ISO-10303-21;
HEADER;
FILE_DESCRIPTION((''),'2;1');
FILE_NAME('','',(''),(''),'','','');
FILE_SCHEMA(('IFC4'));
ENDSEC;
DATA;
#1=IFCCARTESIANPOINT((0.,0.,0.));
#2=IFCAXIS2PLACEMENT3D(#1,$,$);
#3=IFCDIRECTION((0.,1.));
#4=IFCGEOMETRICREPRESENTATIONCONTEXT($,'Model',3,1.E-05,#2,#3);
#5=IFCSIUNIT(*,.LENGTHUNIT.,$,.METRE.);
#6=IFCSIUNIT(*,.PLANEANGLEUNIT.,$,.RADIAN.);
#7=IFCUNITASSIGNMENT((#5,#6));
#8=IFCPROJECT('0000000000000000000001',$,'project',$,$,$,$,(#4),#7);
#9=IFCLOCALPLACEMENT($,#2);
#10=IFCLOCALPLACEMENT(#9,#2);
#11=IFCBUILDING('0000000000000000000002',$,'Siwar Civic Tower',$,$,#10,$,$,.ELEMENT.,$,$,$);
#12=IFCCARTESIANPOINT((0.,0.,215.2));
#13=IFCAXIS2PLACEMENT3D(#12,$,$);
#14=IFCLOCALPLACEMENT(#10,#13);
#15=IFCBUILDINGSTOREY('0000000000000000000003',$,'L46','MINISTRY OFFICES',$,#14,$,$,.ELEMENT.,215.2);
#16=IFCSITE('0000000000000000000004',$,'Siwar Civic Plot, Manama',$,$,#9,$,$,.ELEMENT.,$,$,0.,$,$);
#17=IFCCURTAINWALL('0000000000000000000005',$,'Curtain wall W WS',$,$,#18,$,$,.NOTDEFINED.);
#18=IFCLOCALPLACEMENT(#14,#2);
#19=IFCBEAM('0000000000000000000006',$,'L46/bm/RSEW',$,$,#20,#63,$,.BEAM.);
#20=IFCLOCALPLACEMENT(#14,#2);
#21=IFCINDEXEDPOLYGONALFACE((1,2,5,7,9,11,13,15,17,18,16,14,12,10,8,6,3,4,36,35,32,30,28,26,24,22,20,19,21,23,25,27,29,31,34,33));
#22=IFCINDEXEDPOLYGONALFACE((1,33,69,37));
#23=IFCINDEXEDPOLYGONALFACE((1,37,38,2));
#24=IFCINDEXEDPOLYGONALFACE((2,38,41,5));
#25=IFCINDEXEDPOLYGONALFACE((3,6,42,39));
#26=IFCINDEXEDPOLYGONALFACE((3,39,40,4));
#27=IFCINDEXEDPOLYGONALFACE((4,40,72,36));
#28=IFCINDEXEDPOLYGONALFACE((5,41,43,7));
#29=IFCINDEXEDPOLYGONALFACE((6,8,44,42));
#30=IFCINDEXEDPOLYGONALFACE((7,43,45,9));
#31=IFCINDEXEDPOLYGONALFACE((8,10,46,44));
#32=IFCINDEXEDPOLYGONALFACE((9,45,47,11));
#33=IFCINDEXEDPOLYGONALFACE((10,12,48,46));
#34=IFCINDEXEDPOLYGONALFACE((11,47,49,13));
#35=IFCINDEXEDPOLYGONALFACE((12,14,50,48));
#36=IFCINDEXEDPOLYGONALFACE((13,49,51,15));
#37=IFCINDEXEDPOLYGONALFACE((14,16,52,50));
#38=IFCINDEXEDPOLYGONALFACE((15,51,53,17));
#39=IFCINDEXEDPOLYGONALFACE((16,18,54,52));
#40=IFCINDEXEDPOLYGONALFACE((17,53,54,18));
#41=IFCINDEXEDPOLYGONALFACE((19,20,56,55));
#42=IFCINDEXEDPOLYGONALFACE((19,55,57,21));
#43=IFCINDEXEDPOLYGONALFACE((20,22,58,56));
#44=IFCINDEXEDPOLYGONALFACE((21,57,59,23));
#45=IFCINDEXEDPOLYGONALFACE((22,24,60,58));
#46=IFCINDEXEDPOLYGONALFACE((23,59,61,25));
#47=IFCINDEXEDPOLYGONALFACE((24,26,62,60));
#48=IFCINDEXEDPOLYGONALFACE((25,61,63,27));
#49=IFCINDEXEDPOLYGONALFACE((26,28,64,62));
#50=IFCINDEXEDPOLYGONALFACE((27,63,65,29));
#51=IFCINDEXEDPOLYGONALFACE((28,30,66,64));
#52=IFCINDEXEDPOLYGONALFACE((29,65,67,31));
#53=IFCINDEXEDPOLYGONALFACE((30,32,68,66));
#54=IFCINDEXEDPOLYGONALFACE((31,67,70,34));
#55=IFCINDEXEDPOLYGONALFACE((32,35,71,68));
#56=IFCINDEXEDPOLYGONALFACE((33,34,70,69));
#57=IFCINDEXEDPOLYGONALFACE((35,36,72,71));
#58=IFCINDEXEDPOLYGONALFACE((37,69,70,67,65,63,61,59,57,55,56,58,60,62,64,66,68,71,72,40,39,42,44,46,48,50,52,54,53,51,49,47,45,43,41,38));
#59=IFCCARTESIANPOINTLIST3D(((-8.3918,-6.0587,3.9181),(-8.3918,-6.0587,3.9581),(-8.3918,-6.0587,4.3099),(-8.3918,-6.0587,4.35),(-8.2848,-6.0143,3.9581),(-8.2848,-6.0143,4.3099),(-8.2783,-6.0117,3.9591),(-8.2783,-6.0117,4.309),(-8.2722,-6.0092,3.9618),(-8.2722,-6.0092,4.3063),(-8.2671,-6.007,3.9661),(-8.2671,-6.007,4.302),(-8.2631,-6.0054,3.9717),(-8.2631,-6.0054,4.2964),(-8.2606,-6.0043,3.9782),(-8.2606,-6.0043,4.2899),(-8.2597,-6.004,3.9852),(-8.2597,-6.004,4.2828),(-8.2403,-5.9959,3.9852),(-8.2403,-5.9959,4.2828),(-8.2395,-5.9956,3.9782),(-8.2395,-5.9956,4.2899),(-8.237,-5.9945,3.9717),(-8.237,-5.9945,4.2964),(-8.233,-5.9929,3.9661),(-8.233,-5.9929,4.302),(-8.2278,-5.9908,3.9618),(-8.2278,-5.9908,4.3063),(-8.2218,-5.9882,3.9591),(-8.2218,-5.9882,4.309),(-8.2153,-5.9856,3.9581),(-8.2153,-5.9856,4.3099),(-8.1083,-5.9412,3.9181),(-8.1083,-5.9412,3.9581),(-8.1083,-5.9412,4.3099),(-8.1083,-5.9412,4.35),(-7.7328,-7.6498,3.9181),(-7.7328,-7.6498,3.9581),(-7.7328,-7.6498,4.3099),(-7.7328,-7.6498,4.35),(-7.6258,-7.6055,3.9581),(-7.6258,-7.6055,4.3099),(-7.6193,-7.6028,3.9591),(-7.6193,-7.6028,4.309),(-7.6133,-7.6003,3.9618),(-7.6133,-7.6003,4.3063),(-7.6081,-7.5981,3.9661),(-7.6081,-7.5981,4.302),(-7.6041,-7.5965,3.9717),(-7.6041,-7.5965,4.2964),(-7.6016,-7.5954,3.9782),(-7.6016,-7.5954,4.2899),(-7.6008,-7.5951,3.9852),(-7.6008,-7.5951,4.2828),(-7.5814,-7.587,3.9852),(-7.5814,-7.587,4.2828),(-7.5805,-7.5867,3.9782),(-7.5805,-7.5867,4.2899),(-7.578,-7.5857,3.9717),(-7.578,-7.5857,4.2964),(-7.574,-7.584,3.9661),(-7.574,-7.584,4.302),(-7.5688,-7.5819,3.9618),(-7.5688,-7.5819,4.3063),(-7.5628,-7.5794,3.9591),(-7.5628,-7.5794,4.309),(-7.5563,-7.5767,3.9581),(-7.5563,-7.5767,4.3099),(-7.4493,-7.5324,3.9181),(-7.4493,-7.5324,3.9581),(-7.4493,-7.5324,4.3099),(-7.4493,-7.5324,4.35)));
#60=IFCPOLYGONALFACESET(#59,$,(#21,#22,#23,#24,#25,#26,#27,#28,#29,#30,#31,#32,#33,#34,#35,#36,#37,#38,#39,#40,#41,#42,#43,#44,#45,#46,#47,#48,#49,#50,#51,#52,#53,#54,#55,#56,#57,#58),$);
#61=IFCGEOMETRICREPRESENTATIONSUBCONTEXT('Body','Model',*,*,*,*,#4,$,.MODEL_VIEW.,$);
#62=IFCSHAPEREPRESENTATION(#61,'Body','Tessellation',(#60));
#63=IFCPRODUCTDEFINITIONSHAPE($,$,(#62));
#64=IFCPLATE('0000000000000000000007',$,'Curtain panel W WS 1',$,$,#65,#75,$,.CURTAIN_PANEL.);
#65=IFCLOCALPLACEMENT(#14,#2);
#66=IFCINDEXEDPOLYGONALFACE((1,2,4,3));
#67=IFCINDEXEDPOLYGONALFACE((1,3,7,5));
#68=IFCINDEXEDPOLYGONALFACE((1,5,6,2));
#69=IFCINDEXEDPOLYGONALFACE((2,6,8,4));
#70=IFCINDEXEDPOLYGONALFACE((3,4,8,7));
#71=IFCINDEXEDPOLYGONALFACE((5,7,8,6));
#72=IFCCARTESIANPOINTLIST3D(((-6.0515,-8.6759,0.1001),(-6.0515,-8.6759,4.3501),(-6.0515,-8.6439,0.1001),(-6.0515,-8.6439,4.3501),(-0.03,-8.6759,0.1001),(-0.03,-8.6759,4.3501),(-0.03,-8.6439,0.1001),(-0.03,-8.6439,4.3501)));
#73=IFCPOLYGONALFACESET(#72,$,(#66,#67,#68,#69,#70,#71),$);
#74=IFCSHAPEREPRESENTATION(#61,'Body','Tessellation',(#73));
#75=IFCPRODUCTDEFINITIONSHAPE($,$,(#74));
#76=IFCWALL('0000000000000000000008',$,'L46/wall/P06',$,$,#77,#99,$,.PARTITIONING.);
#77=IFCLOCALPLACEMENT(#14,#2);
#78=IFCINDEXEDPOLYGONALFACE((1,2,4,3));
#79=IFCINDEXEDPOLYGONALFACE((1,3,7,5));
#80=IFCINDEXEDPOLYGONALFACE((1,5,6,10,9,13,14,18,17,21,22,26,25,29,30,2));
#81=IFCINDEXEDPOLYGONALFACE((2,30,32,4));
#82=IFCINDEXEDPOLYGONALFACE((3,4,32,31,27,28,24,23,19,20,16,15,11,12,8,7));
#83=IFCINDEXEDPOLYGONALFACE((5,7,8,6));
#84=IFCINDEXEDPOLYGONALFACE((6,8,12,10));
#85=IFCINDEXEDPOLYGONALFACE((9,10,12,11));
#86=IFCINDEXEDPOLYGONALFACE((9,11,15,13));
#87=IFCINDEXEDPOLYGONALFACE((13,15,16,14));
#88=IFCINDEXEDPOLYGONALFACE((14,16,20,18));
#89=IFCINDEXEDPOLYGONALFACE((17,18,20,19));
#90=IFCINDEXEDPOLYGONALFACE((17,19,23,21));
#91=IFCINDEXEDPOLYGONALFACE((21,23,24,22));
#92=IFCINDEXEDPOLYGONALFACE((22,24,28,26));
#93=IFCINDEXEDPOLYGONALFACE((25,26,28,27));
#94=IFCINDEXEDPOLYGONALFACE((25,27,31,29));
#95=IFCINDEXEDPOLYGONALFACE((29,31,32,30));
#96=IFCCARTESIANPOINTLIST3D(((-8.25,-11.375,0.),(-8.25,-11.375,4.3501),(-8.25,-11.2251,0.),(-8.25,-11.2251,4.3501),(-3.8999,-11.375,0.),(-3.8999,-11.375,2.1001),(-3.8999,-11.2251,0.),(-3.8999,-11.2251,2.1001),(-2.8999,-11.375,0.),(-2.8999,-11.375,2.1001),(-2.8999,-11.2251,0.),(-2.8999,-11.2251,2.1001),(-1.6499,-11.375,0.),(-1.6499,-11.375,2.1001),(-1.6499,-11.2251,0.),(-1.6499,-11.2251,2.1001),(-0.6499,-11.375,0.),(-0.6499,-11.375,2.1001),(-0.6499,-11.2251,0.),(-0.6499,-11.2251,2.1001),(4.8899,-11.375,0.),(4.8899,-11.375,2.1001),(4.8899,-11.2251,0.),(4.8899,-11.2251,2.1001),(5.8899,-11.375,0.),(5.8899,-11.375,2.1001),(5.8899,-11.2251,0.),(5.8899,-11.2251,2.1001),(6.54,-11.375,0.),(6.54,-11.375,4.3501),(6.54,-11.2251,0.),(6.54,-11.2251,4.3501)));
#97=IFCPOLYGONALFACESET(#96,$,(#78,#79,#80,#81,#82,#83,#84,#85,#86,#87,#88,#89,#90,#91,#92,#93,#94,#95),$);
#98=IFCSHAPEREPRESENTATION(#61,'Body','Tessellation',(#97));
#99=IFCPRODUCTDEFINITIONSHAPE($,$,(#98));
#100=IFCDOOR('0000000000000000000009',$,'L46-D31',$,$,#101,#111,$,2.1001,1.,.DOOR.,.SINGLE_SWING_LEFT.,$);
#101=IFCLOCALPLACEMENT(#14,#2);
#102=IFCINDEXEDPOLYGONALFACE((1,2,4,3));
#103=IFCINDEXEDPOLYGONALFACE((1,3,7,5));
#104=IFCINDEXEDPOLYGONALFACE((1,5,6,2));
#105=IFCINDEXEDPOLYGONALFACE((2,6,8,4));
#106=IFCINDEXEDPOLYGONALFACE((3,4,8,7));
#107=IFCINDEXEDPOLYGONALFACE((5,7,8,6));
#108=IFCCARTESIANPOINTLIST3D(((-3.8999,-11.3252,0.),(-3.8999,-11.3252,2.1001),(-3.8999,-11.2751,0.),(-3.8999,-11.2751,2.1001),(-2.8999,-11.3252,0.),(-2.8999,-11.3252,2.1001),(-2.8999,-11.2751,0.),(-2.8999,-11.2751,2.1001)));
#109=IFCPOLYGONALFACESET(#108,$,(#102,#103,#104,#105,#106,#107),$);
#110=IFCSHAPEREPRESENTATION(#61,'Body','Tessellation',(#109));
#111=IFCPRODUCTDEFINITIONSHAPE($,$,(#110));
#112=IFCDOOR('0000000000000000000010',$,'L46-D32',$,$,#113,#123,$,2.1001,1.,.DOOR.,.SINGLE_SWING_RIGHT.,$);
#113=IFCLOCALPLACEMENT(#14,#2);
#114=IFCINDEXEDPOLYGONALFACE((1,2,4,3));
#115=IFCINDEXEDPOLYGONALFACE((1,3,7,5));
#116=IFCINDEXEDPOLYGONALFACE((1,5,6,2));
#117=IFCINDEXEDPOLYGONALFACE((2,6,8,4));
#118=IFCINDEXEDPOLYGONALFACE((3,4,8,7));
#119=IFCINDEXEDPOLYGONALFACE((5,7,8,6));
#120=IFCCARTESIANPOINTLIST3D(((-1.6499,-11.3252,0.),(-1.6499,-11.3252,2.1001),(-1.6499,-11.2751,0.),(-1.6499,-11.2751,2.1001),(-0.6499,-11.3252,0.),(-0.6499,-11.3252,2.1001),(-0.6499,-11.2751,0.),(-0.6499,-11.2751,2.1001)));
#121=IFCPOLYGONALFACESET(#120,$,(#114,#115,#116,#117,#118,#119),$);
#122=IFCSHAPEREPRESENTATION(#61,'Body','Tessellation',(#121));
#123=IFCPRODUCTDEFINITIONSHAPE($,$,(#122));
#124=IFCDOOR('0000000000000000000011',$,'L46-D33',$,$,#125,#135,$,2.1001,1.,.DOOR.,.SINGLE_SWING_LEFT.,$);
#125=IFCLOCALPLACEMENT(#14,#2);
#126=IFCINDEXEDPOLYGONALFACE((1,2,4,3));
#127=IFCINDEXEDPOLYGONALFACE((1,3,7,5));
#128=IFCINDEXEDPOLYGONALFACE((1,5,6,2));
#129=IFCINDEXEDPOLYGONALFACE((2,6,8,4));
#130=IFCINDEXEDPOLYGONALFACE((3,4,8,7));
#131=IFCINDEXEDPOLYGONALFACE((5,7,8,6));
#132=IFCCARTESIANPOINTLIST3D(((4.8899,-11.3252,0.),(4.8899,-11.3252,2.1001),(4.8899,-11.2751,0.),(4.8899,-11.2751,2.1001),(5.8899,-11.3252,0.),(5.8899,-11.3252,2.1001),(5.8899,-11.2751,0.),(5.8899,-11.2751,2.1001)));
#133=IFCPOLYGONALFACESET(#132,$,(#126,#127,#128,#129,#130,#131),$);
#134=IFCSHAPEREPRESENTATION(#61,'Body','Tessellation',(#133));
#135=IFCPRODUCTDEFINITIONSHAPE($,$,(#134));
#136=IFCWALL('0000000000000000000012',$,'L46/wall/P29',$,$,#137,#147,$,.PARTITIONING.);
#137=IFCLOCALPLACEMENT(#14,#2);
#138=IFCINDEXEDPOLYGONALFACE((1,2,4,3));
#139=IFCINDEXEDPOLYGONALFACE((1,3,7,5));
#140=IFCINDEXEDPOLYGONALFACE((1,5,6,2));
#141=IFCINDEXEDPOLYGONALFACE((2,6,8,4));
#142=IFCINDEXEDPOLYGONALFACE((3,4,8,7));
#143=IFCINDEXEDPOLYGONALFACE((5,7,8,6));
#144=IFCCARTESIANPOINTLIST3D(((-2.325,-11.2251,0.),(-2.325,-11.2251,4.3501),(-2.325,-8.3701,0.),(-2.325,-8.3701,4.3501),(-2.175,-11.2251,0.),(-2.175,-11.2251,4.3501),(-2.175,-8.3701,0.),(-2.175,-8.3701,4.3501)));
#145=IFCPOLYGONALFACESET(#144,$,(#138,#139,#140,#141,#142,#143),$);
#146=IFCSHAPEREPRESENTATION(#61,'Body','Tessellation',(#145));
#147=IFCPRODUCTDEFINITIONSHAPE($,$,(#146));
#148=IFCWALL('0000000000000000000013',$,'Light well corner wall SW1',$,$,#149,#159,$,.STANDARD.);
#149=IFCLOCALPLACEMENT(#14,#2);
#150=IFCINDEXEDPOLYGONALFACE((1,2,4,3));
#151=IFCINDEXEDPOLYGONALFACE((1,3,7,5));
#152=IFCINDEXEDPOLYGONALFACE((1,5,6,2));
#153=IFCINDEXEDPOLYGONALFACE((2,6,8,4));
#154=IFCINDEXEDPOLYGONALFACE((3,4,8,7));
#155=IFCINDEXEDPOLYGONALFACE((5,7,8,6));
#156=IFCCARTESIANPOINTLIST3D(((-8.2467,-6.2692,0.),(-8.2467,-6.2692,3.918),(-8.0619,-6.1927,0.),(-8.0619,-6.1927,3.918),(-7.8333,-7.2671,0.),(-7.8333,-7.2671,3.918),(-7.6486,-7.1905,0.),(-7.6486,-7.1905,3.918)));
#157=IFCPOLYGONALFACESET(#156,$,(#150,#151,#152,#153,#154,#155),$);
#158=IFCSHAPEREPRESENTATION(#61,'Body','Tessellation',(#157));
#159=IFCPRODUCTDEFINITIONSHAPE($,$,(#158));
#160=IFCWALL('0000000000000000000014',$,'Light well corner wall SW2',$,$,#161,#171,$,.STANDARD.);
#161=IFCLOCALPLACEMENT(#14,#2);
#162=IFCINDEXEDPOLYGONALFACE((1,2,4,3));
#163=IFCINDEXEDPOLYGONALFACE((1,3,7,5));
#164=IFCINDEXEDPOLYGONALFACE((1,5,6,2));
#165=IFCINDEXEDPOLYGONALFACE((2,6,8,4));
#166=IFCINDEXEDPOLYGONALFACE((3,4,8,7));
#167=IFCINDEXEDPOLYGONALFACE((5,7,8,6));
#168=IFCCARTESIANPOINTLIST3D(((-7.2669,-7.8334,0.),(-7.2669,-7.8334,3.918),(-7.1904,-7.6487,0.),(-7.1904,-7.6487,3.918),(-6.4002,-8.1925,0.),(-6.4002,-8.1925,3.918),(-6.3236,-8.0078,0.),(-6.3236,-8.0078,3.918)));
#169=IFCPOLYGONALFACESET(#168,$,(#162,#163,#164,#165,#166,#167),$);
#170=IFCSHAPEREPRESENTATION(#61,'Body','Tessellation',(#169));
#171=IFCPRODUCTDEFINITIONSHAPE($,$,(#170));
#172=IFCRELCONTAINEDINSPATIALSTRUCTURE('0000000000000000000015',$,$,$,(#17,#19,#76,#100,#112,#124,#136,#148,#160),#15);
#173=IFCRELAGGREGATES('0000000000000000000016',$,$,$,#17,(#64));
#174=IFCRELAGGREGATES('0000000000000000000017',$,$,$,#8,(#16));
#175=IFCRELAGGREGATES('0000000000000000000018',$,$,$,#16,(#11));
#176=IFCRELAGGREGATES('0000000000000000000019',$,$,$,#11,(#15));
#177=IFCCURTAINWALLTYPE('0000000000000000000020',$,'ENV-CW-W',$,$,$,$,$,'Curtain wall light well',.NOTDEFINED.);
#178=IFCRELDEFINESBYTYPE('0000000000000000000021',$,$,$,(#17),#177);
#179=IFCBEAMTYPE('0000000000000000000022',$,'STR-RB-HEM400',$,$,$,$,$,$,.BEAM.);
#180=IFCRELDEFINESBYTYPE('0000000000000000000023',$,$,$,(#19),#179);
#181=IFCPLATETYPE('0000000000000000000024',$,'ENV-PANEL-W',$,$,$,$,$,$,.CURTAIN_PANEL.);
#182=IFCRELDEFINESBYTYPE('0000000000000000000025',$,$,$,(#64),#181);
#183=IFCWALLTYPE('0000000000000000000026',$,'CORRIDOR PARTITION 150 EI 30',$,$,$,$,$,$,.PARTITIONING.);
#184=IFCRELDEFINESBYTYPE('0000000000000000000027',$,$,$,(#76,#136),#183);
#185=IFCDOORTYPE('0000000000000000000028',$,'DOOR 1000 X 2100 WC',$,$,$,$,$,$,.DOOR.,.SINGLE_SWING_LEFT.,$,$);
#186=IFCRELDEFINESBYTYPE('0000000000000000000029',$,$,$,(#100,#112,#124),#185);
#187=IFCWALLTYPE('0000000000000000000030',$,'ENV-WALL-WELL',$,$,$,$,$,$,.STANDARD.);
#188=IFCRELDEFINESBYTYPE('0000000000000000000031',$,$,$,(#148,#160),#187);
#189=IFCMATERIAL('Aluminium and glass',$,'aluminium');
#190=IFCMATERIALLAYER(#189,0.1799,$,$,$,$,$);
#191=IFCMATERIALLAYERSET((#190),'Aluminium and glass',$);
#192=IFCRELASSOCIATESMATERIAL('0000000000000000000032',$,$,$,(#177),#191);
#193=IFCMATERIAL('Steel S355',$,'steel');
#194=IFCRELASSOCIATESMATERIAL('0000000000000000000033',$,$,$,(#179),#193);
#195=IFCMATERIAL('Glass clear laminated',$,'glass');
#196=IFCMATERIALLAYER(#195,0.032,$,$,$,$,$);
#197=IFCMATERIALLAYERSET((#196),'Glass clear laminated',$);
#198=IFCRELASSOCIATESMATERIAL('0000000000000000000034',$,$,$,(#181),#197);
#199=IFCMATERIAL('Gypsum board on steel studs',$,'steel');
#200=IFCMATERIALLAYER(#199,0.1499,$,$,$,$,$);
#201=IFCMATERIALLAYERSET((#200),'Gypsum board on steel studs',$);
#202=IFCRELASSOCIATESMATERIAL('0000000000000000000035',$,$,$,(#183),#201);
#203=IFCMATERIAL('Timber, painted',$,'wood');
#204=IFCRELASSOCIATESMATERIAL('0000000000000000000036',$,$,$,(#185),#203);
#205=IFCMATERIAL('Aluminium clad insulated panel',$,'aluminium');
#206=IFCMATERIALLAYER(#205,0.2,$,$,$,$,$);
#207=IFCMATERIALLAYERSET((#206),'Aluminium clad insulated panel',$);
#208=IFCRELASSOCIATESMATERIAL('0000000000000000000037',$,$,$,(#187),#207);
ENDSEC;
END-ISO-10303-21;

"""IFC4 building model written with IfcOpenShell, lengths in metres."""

from ifc_helpers import new_model, si_unit, direction, frame, frame_2d, origin, origin_2d, place, context, subcontext, project, spatial, rectangle, i_section, extrude, material, layer, layer_set, material_profile, profile_set, type_object, element, fill, aggregate, save


model = new_model("IFC4")

# Units and contexts
model_context = context("Model", 3, precision=1e-05, world=origin(), true_north=direction((0.0, 1.0)))
body_context = subcontext(model_context, "Body", "Model", "MODEL_VIEW")
ifc_project = project(units=[si_unit("LENGTHUNIT", "METRE"), si_unit("PLANEANGLEUNIT", "RADIAN")], contexts=[model_context])

# Site, building, storey
site_placement = place(None, origin())
site = spatial("IfcSite", under=ifc_project, at=site_placement, Name="Siwar Civic Plot, Manama", CompositionType="ELEMENT", RefElevation=0.0)
building_placement = place(site_placement, origin())
building = spatial("IfcBuilding", under=site, at=building_placement, Name="Siwar Civic Tower", CompositionType="ELEMENT")
storey_placement = place(building_placement, frame((0.0, 0.0, 215.2)))
storey = spatial("IfcBuildingStorey", under=building, at=storey_placement, Name="L46", Description="MINISTRY OFFICES", CompositionType="ELEMENT", Elevation=215.2)

# Curtain wall
ifc_material_1 = material(Name="Aluminium and glass", Category="aluminium")
ifc_layer_1 = layer(ifc_material_1, 0.1799)
ifc_layer_set_1 = layer_set([ifc_layer_1], Name="Aluminium and glass")
curtain_wall_type = type_object("IfcCurtainWallType", Name="ENV-CW-W", ElementType="Curtain wall light well", PredefinedType="NOTDEFINED", material=ifc_layer_set_1)
curtain_wall_placement = place(storey_placement, origin())
curtain_wall = element("IfcCurtainWall", 1, at=curtain_wall_placement, inside=storey, type_object=curtain_wall_type, Name="Curtain wall W WS", PredefinedType="NOTDEFINED")

# Beam
ifc_material_2 = material(Name="Steel S355", Category="steel")
ifc_material_profile_1 = material_profile(ifc_material_2, i_section(OverallWidth=0.3069, OverallDepth=0.4319, WebThickness=0.021, FlangeThickness=0.04, FilletRadius=0.0271, at=origin_2d()), Name="HEM400")
ifc_profile_set_1 = profile_set([ifc_material_profile_1], Name="Steel S355")
beam_type = type_object("IfcBeamType", Name="STR-RB-HEM400", PredefinedType="BEAM", material=ifc_profile_set_1)
beam_1_placement = place(storey_placement, frame((-7.5911, -7.5911, 4.134), z_axis=(-0.382631, 0.923901, 0.0), x_axis=(-0.923901, -0.382631, 0.0)))
element("IfcBeam", 2, at=beam_1_placement, inside=storey, type_object=beam_type, Name="L46/bm/RSEW", PredefinedType="BEAM", context=body_context, shape_type="SweptSolid", body=[
    extrude(i_section(OverallWidth=0.3069, OverallDepth=0.4319, WebThickness=0.021, FlangeThickness=0.04, FilletRadius=0.0271, at=origin_2d()), origin(), (0.0, 0.0, 1.0), 1.7222),
])

# Plate
ifc_material_3 = material(Name="Glass clear laminated", Category="glass")
ifc_layer_2 = layer(ifc_material_3, 0.032)
ifc_layer_set_2 = layer_set([ifc_layer_2], Name="Glass clear laminated")
plate_type = type_object("IfcPlateType", Name="ENV-PANEL-W", PredefinedType="CURTAIN_PANEL", material=ifc_layer_set_2)
plate_placement = place(storey_placement, frame((-3.0408, -8.6599, 0.1001), z_axis=(0.0, 0.0, 1.0), x_axis=(1.0, 0.0, 0.0)))
plate = element("IfcPlate", 3, at=plate_placement, type_object=plate_type, Name="Curtain panel W WS 1", PredefinedType="CURTAIN_PANEL", context=body_context, shape_type="SweptSolid", body=[
    extrude(rectangle(XDim=6.0215, YDim=0.032, at=origin_2d()), origin(), (0.0, 0.0, 1.0), 4.25),
])
aggregate(curtain_wall, [plate])

# Wall, openings, doors
ifc_material_4 = material(Name="Gypsum board on steel studs", Category="steel")
ifc_layer_3 = layer(ifc_material_4, 0.1499)
ifc_layer_set_3 = layer_set([ifc_layer_3], Name="Gypsum board on steel studs")
wall_type_1 = type_object("IfcWallType", Name="CORRIDOR PARTITION 150 EI 30", PredefinedType="PARTITIONING", material=ifc_layer_set_3)
wall_1_placement = place(storey_placement, frame((-8.25, -11.3, 0.0), z_axis=(0.0, 0.0, 1.0), x_axis=(1.0, 0.0, 0.0)))
wall_1 = element("IfcWall", 4, at=wall_1_placement, inside=storey, type_object=wall_type_1, Name="L46/wall/P06", PredefinedType="PARTITIONING", context=body_context, shape_type="SweptSolid", body=[
    extrude(rectangle(XDim=14.79, YDim=0.1499, at=frame_2d((7.395, 0.0))), origin(), (0.0, 0.0, 1.0), 4.3501),
])
opening_1_placement = place(wall_1_placement, frame((4.3501, 0.0, 0.0)))
opening_1 = element("IfcOpeningElement", 5, at=opening_1_placement, cuts=wall_1, PredefinedType="OPENING", context=body_context, shape_type="SweptSolid", body=[
    extrude(rectangle(XDim=1.0, YDim=2.1001, at=frame_2d((0.5, 1.05))), frame((0.0, 0.085, 0.0), z_axis=(0.0, -1.0, 0.0), x_axis=(1.0, 0.0, 0.0)), (0.0, 0.0, 1.0), 0.1699),
])
opening_2_placement = place(wall_1_placement, frame((6.6001, 0.0, 0.0)))
opening_2 = element("IfcOpeningElement", 6, at=opening_2_placement, cuts=wall_1, PredefinedType="OPENING", context=body_context, shape_type="SweptSolid", body=[
    extrude(rectangle(XDim=1.0, YDim=2.1001, at=frame_2d((0.5, 1.05))), frame((0.0, 0.085, 0.0), z_axis=(0.0, -1.0, 0.0), x_axis=(1.0, 0.0, 0.0)), (0.0, 0.0, 1.0), 0.1699),
])
opening_3_placement = place(wall_1_placement, frame((13.1399, 0.0, 0.0)))
opening_3 = element("IfcOpeningElement", 7, at=opening_3_placement, cuts=wall_1, PredefinedType="OPENING", context=body_context, shape_type="SweptSolid", body=[
    extrude(rectangle(XDim=1.0, YDim=2.1001, at=frame_2d((0.5, 1.05))), frame((0.0, 0.085, 0.0), z_axis=(0.0, -1.0, 0.0), x_axis=(1.0, 0.0, 0.0)), (0.0, 0.0, 1.0), 0.1699),
])
ifc_material_5 = material(Name="Timber, painted", Category="wood")
door_type = type_object("IfcDoorType", Name="DOOR 1000 X 2100 WC", OperationType="SINGLE_SWING_LEFT", PredefinedType="DOOR", material=ifc_material_5)
door_1_placement = place(opening_1_placement, origin())
door_1 = element("IfcDoor", 8, at=door_1_placement, inside=storey, type_object=door_type, Name="L46-D31", OperationType="SINGLE_SWING_LEFT", OverallHeight=2.1001, OverallWidth=1.0, PredefinedType="DOOR", context=body_context, shape_type="SweptSolid", body=[
    extrude(rectangle(XDim=1.0, YDim=2.1001, at=frame_2d((0.5, 1.05))), frame((0.0, 0.0249, 0.0), z_axis=(0.0, -1.0, 0.0), x_axis=(1.0, 0.0, 0.0)), (0.0, 0.0, 1.0), 0.05),
])
fill(opening_1, door_1)
door_2_placement = place(opening_2_placement, origin())
door_2 = element("IfcDoor", 9, at=door_2_placement, inside=storey, type_object=door_type, Name="L46-D32", OperationType="SINGLE_SWING_RIGHT", OverallHeight=2.1001, OverallWidth=1.0, PredefinedType="DOOR", context=body_context, shape_type="SweptSolid", body=[
    extrude(rectangle(XDim=1.0, YDim=2.1001, at=frame_2d((0.5, 1.05))), frame((0.0, 0.0249, 0.0), z_axis=(0.0, -1.0, 0.0), x_axis=(1.0, 0.0, 0.0)), (0.0, 0.0, 1.0), 0.05),
])
fill(opening_2, door_2)
door_3_placement = place(opening_3_placement, origin())
door_3 = element("IfcDoor", 10, at=door_3_placement, inside=storey, type_object=door_type, Name="L46-D33", OperationType="SINGLE_SWING_LEFT", OverallHeight=2.1001, OverallWidth=1.0, PredefinedType="DOOR", context=body_context, shape_type="SweptSolid", body=[
    extrude(rectangle(XDim=1.0, YDim=2.1001, at=frame_2d((0.5, 1.05))), frame((0.0, 0.0249, 0.0), z_axis=(0.0, -1.0, 0.0), x_axis=(1.0, 0.0, 0.0)), (0.0, 0.0, 1.0), 0.05),
])
fill(opening_3, door_3)

# Walls
wall_2_placement = place(storey_placement, frame((-2.25, -11.2251, 0.0), z_axis=(0.0, 0.0, 1.0), x_axis=(0.0, 1.0, 0.0)))
element("IfcWall", 11, at=wall_2_placement, inside=storey, type_object=wall_type_1, Name="L46/wall/P29", PredefinedType="PARTITIONING", context=body_context, shape_type="SweptSolid", body=[
    extrude(rectangle(XDim=2.855, YDim=0.1499, at=frame_2d((1.4275, 0.0))), origin(), (0.0, 0.0, 1.0), 4.3501),
])
ifc_material_6 = material(Name="Aluminium clad insulated panel", Category="aluminium")
ifc_layer_4 = layer(ifc_material_6, 0.2)
ifc_layer_set_4 = layer_set([ifc_layer_4], Name="Aluminium clad insulated panel")
wall_type_2 = type_object("IfcWallType", Name="ENV-WALL-WELL", PredefinedType="STANDARD", material=ifc_layer_set_4)
wall_3_placement = place(storey_placement, frame((-8.1543, -6.231, 0.0), z_axis=(0.0, 0.0, 1.0), x_axis=(0.382704, -0.923871, 0.0)))
element("IfcWall", 12, at=wall_3_placement, inside=storey, type_object=wall_type_2, Name="Light well corner wall SW1", PredefinedType="STANDARD", context=body_context, shape_type="SweptSolid", body=[
    extrude(rectangle(XDim=1.0801, YDim=0.2, at=frame_2d((0.54, 0.0))), origin(), (0.0, 0.0, 1.0), 3.918),
])
wall_4_placement = place(storey_placement, frame((-7.2288, -7.741, 0.0), z_axis=(0.0, 0.0, 1.0), x_axis=(0.92383, -0.382804, 0.0)))
element("IfcWall", 13, at=wall_4_placement, inside=storey, type_object=wall_type_2, Name="Light well corner wall SW2", PredefinedType="STANDARD", context=body_context, shape_type="SweptSolid", body=[
    extrude(rectangle(XDim=0.9382, YDim=0.2, at=frame_2d((0.4692, 0.0))), origin(), (0.0, 0.0, 1.0), 3.918),
])

save(model, "model.ifc")
